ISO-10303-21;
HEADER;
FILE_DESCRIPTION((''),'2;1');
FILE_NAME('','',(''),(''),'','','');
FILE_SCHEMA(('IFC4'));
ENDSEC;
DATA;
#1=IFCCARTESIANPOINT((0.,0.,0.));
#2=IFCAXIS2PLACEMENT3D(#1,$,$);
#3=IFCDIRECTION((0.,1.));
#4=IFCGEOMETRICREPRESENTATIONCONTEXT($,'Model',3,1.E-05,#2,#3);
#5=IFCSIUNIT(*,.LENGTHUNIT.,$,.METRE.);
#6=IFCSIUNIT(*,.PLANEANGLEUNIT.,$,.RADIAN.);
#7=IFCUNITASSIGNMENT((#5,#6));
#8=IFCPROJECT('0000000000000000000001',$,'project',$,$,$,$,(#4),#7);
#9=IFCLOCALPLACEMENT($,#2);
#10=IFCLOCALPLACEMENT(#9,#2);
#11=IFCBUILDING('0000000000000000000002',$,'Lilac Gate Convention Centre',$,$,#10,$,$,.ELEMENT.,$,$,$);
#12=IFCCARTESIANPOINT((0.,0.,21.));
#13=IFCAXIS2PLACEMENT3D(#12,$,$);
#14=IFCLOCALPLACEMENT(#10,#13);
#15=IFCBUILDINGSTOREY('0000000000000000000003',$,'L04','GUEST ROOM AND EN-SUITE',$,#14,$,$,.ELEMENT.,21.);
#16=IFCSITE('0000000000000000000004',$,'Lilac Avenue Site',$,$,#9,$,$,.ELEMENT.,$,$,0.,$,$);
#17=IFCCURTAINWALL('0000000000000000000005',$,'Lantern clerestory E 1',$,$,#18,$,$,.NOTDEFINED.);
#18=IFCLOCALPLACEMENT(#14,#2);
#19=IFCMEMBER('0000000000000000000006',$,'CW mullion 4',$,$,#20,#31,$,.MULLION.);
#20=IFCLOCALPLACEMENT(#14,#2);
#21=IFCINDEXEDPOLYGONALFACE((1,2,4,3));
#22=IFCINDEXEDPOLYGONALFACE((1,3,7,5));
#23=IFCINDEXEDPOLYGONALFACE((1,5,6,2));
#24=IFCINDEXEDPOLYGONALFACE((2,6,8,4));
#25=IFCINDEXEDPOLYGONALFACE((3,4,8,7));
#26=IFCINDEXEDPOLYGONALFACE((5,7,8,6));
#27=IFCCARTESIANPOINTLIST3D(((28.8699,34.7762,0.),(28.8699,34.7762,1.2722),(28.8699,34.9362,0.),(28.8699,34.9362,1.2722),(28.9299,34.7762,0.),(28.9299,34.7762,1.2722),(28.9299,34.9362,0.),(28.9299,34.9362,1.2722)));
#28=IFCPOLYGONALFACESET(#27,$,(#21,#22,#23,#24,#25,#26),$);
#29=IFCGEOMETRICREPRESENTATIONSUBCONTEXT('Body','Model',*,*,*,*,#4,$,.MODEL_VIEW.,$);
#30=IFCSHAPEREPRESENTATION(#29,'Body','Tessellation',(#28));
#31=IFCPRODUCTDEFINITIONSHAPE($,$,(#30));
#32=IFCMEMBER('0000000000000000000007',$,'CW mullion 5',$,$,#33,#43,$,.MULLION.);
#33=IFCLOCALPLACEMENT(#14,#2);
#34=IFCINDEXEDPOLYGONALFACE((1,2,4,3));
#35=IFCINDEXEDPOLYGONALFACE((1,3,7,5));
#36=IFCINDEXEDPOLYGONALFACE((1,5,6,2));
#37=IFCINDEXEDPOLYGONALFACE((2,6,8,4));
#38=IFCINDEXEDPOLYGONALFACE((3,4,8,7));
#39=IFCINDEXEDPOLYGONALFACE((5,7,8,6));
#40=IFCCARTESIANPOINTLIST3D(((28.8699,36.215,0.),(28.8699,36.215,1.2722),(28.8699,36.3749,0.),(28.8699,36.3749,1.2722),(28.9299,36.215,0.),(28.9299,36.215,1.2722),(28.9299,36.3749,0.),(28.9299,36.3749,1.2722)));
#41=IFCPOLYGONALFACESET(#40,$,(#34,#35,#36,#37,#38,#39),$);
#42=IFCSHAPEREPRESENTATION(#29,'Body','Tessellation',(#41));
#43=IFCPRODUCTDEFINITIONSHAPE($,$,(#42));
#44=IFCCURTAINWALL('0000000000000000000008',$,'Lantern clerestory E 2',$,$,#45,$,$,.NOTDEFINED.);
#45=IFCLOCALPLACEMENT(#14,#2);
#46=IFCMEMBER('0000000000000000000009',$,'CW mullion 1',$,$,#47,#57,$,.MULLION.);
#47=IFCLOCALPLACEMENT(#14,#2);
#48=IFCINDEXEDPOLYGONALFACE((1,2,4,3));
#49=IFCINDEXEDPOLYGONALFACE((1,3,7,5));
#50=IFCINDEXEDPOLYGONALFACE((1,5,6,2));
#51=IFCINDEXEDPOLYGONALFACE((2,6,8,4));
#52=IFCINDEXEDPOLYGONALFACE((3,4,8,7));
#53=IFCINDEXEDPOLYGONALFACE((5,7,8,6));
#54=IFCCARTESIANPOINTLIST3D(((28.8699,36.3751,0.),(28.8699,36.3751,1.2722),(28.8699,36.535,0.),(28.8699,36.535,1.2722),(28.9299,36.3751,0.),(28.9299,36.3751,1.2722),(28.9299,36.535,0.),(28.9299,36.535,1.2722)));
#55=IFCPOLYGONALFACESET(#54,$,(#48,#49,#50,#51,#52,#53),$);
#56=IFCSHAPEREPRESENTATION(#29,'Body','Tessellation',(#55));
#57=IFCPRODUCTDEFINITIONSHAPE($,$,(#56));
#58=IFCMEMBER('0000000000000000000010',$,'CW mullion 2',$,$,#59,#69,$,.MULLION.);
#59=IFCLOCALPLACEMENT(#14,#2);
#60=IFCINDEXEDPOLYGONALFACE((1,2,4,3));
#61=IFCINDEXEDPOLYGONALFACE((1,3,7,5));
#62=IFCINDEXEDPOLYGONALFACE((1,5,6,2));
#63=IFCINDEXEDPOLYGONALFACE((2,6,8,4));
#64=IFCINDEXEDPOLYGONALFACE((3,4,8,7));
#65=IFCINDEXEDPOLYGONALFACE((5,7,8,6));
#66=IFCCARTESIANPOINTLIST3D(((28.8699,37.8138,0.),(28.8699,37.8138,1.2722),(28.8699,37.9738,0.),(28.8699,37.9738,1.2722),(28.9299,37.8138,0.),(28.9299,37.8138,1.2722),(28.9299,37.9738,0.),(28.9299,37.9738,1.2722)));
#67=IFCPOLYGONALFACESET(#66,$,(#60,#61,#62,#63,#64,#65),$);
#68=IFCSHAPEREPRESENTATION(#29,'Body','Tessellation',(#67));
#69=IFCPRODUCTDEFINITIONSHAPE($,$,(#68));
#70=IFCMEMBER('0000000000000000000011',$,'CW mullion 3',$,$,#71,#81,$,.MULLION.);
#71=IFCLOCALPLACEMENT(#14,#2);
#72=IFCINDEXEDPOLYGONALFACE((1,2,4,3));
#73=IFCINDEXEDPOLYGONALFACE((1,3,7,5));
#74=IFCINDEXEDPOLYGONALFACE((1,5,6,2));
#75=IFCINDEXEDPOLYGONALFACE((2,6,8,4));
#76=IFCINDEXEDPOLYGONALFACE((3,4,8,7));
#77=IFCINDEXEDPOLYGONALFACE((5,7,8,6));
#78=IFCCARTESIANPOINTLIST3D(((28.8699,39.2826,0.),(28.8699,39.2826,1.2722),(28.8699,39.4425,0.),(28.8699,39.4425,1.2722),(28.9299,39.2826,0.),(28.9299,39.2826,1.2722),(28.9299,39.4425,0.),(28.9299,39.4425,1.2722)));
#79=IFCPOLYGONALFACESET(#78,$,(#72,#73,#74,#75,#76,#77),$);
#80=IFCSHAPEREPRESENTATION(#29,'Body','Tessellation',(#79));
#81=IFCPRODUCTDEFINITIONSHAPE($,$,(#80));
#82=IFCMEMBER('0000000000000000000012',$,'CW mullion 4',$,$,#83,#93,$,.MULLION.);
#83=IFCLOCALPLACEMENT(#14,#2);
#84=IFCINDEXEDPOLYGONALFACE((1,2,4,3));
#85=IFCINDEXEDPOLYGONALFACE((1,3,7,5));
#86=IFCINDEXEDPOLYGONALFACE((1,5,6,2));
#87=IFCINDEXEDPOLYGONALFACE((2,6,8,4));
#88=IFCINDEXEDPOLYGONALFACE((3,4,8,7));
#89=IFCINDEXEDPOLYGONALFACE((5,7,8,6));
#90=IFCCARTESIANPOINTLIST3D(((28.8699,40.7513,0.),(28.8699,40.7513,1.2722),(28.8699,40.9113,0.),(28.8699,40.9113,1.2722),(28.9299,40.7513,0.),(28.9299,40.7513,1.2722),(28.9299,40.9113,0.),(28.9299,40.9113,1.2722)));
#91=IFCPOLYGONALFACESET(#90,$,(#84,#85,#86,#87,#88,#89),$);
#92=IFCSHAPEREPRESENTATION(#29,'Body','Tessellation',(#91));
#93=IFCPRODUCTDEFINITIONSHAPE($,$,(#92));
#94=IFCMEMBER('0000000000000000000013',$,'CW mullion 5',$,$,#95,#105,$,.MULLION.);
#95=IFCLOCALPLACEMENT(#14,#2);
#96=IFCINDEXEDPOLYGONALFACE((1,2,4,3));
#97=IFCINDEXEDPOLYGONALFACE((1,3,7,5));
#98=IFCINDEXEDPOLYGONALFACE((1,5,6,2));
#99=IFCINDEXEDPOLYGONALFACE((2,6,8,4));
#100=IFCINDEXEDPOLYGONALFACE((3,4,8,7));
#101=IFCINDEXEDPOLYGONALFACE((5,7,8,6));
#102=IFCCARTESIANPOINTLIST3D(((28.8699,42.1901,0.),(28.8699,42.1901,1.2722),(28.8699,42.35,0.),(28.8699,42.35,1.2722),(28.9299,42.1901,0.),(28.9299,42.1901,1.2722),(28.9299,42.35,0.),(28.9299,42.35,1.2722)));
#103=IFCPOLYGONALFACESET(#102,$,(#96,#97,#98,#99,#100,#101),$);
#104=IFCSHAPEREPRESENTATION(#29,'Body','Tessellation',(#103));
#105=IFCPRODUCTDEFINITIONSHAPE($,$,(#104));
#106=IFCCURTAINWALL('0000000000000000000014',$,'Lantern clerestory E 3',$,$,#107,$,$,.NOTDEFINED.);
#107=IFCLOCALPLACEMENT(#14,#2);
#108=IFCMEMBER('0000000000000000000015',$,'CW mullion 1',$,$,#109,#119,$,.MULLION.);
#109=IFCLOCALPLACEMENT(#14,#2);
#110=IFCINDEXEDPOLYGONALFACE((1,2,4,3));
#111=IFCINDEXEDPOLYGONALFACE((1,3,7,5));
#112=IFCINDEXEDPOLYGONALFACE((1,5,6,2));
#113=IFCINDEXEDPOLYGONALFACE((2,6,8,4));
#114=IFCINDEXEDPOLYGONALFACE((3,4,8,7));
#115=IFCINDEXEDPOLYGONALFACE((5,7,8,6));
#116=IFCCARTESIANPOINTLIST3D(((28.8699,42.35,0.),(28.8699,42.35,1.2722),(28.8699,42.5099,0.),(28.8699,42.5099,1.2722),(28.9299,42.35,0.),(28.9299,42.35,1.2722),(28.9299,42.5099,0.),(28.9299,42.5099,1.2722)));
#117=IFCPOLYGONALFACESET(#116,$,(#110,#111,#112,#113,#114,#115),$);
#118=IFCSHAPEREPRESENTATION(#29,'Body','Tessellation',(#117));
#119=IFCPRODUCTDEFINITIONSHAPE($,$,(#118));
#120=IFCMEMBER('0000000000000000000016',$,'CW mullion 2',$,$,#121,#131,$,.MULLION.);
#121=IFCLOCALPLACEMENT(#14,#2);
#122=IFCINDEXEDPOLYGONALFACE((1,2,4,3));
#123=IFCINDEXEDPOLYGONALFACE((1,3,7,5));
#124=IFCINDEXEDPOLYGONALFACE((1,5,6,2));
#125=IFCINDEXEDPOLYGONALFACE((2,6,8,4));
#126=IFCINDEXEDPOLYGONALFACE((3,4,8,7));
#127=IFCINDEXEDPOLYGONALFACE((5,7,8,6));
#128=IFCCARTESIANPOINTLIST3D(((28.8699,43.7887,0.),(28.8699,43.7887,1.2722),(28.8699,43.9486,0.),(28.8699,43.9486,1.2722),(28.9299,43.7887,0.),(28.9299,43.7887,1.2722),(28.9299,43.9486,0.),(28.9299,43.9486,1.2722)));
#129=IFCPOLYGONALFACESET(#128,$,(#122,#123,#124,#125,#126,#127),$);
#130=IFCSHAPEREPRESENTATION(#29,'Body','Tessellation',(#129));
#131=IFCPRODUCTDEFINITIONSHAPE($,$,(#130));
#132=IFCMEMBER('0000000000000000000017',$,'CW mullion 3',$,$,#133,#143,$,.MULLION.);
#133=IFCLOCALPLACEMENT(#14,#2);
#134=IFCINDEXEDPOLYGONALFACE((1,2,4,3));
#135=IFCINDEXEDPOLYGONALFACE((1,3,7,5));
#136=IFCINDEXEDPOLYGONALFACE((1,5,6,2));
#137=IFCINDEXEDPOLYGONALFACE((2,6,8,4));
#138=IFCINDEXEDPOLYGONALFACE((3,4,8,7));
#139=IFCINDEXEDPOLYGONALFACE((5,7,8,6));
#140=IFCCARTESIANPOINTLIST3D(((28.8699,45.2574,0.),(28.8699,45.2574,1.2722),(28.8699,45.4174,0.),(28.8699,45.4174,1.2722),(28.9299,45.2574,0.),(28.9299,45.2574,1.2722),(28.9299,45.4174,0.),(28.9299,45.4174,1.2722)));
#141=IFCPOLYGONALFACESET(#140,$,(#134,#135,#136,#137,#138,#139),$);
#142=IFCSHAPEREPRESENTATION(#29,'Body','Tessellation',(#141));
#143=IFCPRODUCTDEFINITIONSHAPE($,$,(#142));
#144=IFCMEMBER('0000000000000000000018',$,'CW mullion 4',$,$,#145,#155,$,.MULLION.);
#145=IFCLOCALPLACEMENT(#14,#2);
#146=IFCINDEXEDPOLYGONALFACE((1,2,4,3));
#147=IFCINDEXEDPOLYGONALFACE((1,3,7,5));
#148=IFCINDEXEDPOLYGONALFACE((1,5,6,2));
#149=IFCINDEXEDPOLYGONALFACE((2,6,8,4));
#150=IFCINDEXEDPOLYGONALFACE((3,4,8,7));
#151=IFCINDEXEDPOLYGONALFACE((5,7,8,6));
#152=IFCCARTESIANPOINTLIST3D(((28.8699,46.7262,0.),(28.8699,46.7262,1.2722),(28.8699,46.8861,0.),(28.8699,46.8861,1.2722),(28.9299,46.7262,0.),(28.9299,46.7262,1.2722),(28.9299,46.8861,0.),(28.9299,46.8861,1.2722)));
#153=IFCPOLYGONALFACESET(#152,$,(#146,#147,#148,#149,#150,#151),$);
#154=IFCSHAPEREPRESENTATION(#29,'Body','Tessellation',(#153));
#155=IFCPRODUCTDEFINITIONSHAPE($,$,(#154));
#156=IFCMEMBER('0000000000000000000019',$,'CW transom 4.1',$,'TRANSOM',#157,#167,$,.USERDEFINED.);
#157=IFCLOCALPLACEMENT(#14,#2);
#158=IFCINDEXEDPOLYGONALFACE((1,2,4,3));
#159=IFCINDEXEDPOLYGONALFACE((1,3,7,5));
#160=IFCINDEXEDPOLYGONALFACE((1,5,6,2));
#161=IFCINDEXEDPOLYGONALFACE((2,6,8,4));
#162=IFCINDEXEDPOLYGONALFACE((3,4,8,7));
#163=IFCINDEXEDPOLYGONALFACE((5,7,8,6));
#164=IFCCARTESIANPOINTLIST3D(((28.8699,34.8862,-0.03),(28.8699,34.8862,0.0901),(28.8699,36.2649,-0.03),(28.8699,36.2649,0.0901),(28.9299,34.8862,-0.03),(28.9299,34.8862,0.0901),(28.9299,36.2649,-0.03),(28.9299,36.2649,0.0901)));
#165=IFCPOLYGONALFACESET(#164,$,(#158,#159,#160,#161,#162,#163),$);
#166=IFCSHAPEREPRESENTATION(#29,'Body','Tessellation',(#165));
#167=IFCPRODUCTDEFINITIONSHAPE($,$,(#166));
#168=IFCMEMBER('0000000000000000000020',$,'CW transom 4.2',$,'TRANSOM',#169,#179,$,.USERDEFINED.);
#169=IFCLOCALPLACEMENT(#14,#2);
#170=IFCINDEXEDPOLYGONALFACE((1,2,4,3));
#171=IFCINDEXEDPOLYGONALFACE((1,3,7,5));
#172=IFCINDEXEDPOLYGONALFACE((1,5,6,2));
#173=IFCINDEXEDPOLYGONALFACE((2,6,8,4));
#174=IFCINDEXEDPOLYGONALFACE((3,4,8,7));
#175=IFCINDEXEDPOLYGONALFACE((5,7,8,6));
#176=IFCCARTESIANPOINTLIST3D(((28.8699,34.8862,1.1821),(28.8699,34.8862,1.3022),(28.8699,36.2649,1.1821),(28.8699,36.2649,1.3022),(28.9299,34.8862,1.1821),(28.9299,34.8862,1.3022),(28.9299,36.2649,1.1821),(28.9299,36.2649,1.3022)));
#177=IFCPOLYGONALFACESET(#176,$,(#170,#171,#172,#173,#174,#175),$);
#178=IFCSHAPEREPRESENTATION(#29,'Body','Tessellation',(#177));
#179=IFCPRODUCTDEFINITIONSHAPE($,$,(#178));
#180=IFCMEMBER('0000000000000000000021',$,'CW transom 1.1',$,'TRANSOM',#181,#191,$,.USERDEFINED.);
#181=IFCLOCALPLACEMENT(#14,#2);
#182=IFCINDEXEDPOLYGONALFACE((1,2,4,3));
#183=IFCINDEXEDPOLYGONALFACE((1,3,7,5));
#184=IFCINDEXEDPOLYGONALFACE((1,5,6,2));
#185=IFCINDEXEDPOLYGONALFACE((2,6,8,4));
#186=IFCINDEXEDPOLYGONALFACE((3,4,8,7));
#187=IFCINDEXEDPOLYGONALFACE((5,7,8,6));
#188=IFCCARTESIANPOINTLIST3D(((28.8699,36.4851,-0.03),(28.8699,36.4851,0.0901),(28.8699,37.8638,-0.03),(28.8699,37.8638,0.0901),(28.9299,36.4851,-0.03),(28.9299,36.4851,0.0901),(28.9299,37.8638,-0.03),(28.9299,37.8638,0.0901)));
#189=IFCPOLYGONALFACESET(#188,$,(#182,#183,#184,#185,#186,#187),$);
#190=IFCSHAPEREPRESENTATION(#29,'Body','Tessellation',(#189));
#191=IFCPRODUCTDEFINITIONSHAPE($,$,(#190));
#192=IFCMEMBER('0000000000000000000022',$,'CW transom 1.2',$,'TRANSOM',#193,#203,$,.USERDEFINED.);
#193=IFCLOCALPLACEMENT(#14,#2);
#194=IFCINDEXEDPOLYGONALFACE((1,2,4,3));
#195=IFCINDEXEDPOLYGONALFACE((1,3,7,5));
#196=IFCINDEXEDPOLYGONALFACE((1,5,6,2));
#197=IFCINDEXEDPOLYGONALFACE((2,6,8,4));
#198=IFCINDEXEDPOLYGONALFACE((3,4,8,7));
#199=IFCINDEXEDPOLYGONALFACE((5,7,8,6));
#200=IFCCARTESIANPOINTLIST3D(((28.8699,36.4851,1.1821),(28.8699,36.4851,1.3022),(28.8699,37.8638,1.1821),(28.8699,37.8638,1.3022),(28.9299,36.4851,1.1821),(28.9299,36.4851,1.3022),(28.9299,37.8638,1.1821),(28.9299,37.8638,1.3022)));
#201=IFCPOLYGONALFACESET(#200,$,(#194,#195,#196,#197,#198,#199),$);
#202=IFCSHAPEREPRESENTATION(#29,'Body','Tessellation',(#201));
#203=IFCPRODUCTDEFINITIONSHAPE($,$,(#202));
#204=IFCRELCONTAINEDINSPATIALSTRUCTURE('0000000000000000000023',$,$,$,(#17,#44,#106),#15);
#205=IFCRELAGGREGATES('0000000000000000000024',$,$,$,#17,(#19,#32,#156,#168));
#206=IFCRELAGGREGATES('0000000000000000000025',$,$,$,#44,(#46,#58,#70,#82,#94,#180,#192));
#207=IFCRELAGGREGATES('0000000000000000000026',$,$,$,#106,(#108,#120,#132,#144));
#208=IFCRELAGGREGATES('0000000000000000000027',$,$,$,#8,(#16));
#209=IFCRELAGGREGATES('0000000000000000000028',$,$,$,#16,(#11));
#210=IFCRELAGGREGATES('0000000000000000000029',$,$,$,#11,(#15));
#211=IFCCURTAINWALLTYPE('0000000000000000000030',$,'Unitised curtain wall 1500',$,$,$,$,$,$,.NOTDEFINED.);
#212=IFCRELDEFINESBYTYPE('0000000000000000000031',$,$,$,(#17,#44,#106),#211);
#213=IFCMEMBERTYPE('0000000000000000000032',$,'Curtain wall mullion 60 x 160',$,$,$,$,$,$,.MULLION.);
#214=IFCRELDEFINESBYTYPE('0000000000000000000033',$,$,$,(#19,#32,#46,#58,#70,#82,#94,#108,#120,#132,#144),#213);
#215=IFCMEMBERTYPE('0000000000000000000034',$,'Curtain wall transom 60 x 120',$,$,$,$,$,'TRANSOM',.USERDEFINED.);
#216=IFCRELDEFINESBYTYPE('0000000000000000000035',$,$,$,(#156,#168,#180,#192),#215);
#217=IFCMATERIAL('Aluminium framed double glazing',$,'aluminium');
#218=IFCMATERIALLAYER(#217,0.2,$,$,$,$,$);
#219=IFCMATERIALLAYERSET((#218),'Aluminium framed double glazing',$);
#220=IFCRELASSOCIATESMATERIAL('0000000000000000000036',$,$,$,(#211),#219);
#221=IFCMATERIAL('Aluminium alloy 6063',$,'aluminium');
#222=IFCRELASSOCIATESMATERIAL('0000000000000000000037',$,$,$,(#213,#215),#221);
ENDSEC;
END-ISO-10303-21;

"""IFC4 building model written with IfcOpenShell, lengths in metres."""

from ifc_helpers import new_model, si_unit, direction, frame, origin, origin_2d, place, context, subcontext, project, spatial, rectangle, extrude, material, layer, layer_set, material_profile, profile_set, type_object, element, aggregate, save


model = new_model("IFC4")

# Units and contexts
model_context = context("Model", 3, precision=1e-05, world=origin(), true_north=direction((0.0, 1.0)))
body_context = subcontext(model_context, "Body", "Model", "MODEL_VIEW")
ifc_project = project(units=[si_unit("LENGTHUNIT", "METRE"), si_unit("PLANEANGLEUNIT", "RADIAN")], contexts=[model_context])

# Site, building, storey
site_placement = place(None, origin())
site = spatial("IfcSite", under=ifc_project, at=site_placement, Name="Lilac Avenue Site", CompositionType="ELEMENT", RefElevation=0.0)
building_placement = place(site_placement, origin())
building = spatial("IfcBuilding", under=site, at=building_placement, Name="Lilac Gate Convention Centre", CompositionType="ELEMENT")
storey_placement = place(building_placement, frame((0.0, 0.0, 21.0)))
storey = spatial("IfcBuildingStorey", under=building, at=storey_placement, Name="L04", Description="GUEST ROOM AND EN-SUITE", CompositionType="ELEMENT", Elevation=21.0)

# Curtain walls, members
ifc_material_1 = material(Name="Aluminium framed double glazing", Category="aluminium")
ifc_layer_1 = layer(ifc_material_1, 0.2)
ifc_layer_set_1 = layer_set([ifc_layer_1], Name="Aluminium framed double glazing")
curtain_wall_type = type_object("IfcCurtainWallType", Name="Unitised curtain wall 1500", PredefinedType="NOTDEFINED", material=ifc_layer_set_1)
curtain_wall_1_placement = place(storey_placement, origin())
curtain_wall_1 = element("IfcCurtainWall", 1, at=curtain_wall_1_placement, inside=storey, type_object=curtain_wall_type, Name="Lantern clerestory E 1", PredefinedType="NOTDEFINED")
ifc_material_2 = material(Name="Aluminium alloy 6063", Category="aluminium")
ifc_material_profile_1 = material_profile(ifc_material_2, rectangle(XDim=0.0601, YDim=0.1599, at=origin_2d()), Name="Curtain wall mullion 60 x 160")
ifc_profile_set_1 = profile_set([ifc_material_profile_1], Name="Aluminium alloy 6063")
member_type_1 = type_object("IfcMemberType", Name="Curtain wall mullion 60 x 160", PredefinedType="MULLION", material=ifc_profile_set_1)
member_1_placement = place(storey_placement, frame((28.8999, 34.8562, 0.0), z_axis=(0.0, 0.0, 1.0), x_axis=(-1.0, 0.0, 0.0)))
member_1 = element("IfcMember", 2, at=member_1_placement, type_object=member_type_1, Name="CW mullion 4", PredefinedType="MULLION", context=body_context, shape_type="SweptSolid", body=[
    extrude(rectangle(XDim=0.0601, YDim=0.1599, at=origin_2d()), origin(), (0.0, 0.0, 1.0), 1.2722),
])
member_2_placement = place(storey_placement, frame((28.8999, 36.2949, 0.0), z_axis=(0.0, 0.0, 1.0), x_axis=(-1.0, 0.0, 0.0)))
member_2 = element("IfcMember", 3, at=member_2_placement, type_object=member_type_1, Name="CW mullion 5", PredefinedType="MULLION", context=body_context, shape_type="SweptSolid", body=[
    extrude(rectangle(XDim=0.0601, YDim=0.1599, at=origin_2d()), origin(), (0.0, 0.0, 1.0), 1.2722),
])
curtain_wall_2_placement = place(storey_placement, origin())
curtain_wall_2 = element("IfcCurtainWall", 4, at=curtain_wall_2_placement, inside=storey, type_object=curtain_wall_type, Name="Lantern clerestory E 2", PredefinedType="NOTDEFINED")
member_3_placement = place(storey_placement, frame((28.8999, 36.4551, 0.0), z_axis=(0.0, 0.0, 1.0), x_axis=(-1.0, 0.0, 0.0)))
member_3 = element("IfcMember", 5, at=member_3_placement, type_object=member_type_1, Name="CW mullion 1", PredefinedType="MULLION", context=body_context, shape_type="SweptSolid", body=[
    extrude(rectangle(XDim=0.0601, YDim=0.1599, at=origin_2d()), origin(), (0.0, 0.0, 1.0), 1.2722),
])
member_4_placement = place(storey_placement, frame((28.8999, 37.8938, 0.0), z_axis=(0.0, 0.0, 1.0), x_axis=(-1.0, 0.0, 0.0)))
member_4 = element("IfcMember", 6, at=member_4_placement, type_object=member_type_1, Name="CW mullion 2", PredefinedType="MULLION", context=body_context, shape_type="SweptSolid", body=[
    extrude(rectangle(XDim=0.0601, YDim=0.1599, at=origin_2d()), origin(), (0.0, 0.0, 1.0), 1.2722),
])
member_5_placement = place(storey_placement, frame((28.8999, 39.3625, 0.0), z_axis=(0.0, 0.0, 1.0), x_axis=(-1.0, 0.0, 0.0)))
member_5 = element("IfcMember", 7, at=member_5_placement, type_object=member_type_1, Name="CW mullion 3", PredefinedType="MULLION", context=body_context, shape_type="SweptSolid", body=[
    extrude(rectangle(XDim=0.0601, YDim=0.1599, at=origin_2d()), origin(), (0.0, 0.0, 1.0), 1.2722),
])
member_6_placement = place(storey_placement, frame((28.8999, 40.8313, 0.0), z_axis=(0.0, 0.0, 1.0), x_axis=(-1.0, 0.0, 0.0)))
member_6 = element("IfcMember", 8, at=member_6_placement, type_object=member_type_1, Name="CW mullion 4", PredefinedType="MULLION", context=body_context, shape_type="SweptSolid", body=[
    extrude(rectangle(XDim=0.0601, YDim=0.1599, at=origin_2d()), origin(), (0.0, 0.0, 1.0), 1.2722),
])
member_7_placement = place(storey_placement, frame((28.8999, 42.27, 0.0), z_axis=(0.0, 0.0, 1.0), x_axis=(-1.0, 0.0, 0.0)))
member_7 = element("IfcMember", 9, at=member_7_placement, type_object=member_type_1, Name="CW mullion 5", PredefinedType="MULLION", context=body_context, shape_type="SweptSolid", body=[
    extrude(rectangle(XDim=0.0601, YDim=0.1599, at=origin_2d()), origin(), (0.0, 0.0, 1.0), 1.2722),
])
curtain_wall_3_placement = place(storey_placement, origin())
curtain_wall_3 = element("IfcCurtainWall", 10, at=curtain_wall_3_placement, inside=storey, type_object=curtain_wall_type, Name="Lantern clerestory E 3", PredefinedType="NOTDEFINED")
member_8_placement = place(storey_placement, frame((28.8999, 42.4299, 0.0), z_axis=(0.0, 0.0, 1.0), x_axis=(-1.0, 0.0, 0.0)))
member_8 = element("IfcMember", 11, at=member_8_placement, type_object=member_type_1, Name="CW mullion 1", PredefinedType="MULLION", context=body_context, shape_type="SweptSolid", body=[
    extrude(rectangle(XDim=0.0601, YDim=0.1599, at=origin_2d()), origin(), (0.0, 0.0, 1.0), 1.2722),
])
member_9_placement = place(storey_placement, frame((28.8999, 43.8687, 0.0), z_axis=(0.0, 0.0, 1.0), x_axis=(-1.0, 0.0, 0.0)))
member_9 = element("IfcMember", 12, at=member_9_placement, type_object=member_type_1, Name="CW mullion 2", PredefinedType="MULLION", context=body_context, shape_type="SweptSolid", body=[
    extrude(rectangle(XDim=0.0601, YDim=0.1599, at=origin_2d()), origin(), (0.0, 0.0, 1.0), 1.2722),
])
member_10_placement = place(storey_placement, frame((28.8999, 45.3374, 0.0), z_axis=(0.0, 0.0, 1.0), x_axis=(-1.0, 0.0, 0.0)))
member_10 = element("IfcMember", 13, at=member_10_placement, type_object=member_type_1, Name="CW mullion 3", PredefinedType="MULLION", context=body_context, shape_type="SweptSolid", body=[
    extrude(rectangle(XDim=0.0601, YDim=0.1599, at=origin_2d()), origin(), (0.0, 0.0, 1.0), 1.2722),
])
member_11_placement = place(storey_placement, frame((28.8999, 46.8062, 0.0), z_axis=(0.0, 0.0, 1.0), x_axis=(-1.0, 0.0, 0.0)))
member_11 = element("IfcMember", 14, at=member_11_placement, type_object=member_type_1, Name="CW mullion 4", PredefinedType="MULLION", context=body_context, shape_type="SweptSolid", body=[
    extrude(rectangle(XDim=0.0601, YDim=0.1599, at=origin_2d()), origin(), (0.0, 0.0, 1.0), 1.2722),
])

# Members
ifc_material_profile_2 = material_profile(ifc_material_2, rectangle(XDim=0.0601, YDim=0.1201, at=origin_2d()), Name="Curtain wall transom 60 x 120")
ifc_profile_set_2 = profile_set([ifc_material_profile_2], Name="Aluminium alloy 6063")
member_type_2 = type_object("IfcMemberType", Name="Curtain wall transom 60 x 120", ElementType="TRANSOM", PredefinedType="USERDEFINED", material=ifc_profile_set_2)
member_12_placement = place(storey_placement, frame((28.8999, 34.8862, 0.03), z_axis=(0.0, 1.0, 0.0), x_axis=(-1.0, 0.0, 0.0)))
member_12 = element("IfcMember", 15, at=member_12_placement, type_object=member_type_2, Name="CW transom 4.1", ObjectType="TRANSOM", PredefinedType="USERDEFINED", context=body_context, shape_type="SweptSolid", body=[
    extrude(rectangle(XDim=0.0601, YDim=0.1201, at=origin_2d()), origin(), (0.0, 0.0, 1.0), 1.3787),
])
member_13_placement = place(storey_placement, frame((28.8999, 34.8862, 1.2422), z_axis=(0.0, 1.0, 0.0), x_axis=(-1.0, 0.0, 0.0)))
member_13 = element("IfcMember", 16, at=member_13_placement, type_object=member_type_2, Name="CW transom 4.2", ObjectType="TRANSOM", PredefinedType="USERDEFINED", context=body_context, shape_type="SweptSolid", body=[
    extrude(rectangle(XDim=0.0601, YDim=0.1201, at=origin_2d()), origin(), (0.0, 0.0, 1.0), 1.3787),
])
member_14_placement = place(storey_placement, frame((28.8999, 36.4851, 0.03), z_axis=(0.0, 1.0, 0.0), x_axis=(-1.0, 0.0, 0.0)))
member_14 = element("IfcMember", 17, at=member_14_placement, type_object=member_type_2, Name="CW transom 1.1", ObjectType="TRANSOM", PredefinedType="USERDEFINED", context=body_context, shape_type="SweptSolid", body=[
    extrude(rectangle(XDim=0.0601, YDim=0.1201, at=origin_2d()), origin(), (0.0, 0.0, 1.0), 1.3787),
])
member_15_placement = place(storey_placement, frame((28.8999, 36.4851, 1.2422), z_axis=(0.0, 1.0, 0.0), x_axis=(-1.0, 0.0, 0.0)))
member_15 = element("IfcMember", 18, at=member_15_placement, type_object=member_type_2, Name="CW transom 1.2", ObjectType="TRANSOM", PredefinedType="USERDEFINED", context=body_context, shape_type="SweptSolid", body=[
    extrude(rectangle(XDim=0.0601, YDim=0.1201, at=origin_2d()), origin(), (0.0, 0.0, 1.0), 1.3787),
])

aggregate(curtain_wall_1, [member_1, member_2, member_12, member_13])
aggregate(curtain_wall_2, [member_3, member_4, member_5, member_6, member_7, member_14, member_15])
aggregate(curtain_wall_3, [member_8, member_9, member_10, member_11])

save(model, "model.ifc")
